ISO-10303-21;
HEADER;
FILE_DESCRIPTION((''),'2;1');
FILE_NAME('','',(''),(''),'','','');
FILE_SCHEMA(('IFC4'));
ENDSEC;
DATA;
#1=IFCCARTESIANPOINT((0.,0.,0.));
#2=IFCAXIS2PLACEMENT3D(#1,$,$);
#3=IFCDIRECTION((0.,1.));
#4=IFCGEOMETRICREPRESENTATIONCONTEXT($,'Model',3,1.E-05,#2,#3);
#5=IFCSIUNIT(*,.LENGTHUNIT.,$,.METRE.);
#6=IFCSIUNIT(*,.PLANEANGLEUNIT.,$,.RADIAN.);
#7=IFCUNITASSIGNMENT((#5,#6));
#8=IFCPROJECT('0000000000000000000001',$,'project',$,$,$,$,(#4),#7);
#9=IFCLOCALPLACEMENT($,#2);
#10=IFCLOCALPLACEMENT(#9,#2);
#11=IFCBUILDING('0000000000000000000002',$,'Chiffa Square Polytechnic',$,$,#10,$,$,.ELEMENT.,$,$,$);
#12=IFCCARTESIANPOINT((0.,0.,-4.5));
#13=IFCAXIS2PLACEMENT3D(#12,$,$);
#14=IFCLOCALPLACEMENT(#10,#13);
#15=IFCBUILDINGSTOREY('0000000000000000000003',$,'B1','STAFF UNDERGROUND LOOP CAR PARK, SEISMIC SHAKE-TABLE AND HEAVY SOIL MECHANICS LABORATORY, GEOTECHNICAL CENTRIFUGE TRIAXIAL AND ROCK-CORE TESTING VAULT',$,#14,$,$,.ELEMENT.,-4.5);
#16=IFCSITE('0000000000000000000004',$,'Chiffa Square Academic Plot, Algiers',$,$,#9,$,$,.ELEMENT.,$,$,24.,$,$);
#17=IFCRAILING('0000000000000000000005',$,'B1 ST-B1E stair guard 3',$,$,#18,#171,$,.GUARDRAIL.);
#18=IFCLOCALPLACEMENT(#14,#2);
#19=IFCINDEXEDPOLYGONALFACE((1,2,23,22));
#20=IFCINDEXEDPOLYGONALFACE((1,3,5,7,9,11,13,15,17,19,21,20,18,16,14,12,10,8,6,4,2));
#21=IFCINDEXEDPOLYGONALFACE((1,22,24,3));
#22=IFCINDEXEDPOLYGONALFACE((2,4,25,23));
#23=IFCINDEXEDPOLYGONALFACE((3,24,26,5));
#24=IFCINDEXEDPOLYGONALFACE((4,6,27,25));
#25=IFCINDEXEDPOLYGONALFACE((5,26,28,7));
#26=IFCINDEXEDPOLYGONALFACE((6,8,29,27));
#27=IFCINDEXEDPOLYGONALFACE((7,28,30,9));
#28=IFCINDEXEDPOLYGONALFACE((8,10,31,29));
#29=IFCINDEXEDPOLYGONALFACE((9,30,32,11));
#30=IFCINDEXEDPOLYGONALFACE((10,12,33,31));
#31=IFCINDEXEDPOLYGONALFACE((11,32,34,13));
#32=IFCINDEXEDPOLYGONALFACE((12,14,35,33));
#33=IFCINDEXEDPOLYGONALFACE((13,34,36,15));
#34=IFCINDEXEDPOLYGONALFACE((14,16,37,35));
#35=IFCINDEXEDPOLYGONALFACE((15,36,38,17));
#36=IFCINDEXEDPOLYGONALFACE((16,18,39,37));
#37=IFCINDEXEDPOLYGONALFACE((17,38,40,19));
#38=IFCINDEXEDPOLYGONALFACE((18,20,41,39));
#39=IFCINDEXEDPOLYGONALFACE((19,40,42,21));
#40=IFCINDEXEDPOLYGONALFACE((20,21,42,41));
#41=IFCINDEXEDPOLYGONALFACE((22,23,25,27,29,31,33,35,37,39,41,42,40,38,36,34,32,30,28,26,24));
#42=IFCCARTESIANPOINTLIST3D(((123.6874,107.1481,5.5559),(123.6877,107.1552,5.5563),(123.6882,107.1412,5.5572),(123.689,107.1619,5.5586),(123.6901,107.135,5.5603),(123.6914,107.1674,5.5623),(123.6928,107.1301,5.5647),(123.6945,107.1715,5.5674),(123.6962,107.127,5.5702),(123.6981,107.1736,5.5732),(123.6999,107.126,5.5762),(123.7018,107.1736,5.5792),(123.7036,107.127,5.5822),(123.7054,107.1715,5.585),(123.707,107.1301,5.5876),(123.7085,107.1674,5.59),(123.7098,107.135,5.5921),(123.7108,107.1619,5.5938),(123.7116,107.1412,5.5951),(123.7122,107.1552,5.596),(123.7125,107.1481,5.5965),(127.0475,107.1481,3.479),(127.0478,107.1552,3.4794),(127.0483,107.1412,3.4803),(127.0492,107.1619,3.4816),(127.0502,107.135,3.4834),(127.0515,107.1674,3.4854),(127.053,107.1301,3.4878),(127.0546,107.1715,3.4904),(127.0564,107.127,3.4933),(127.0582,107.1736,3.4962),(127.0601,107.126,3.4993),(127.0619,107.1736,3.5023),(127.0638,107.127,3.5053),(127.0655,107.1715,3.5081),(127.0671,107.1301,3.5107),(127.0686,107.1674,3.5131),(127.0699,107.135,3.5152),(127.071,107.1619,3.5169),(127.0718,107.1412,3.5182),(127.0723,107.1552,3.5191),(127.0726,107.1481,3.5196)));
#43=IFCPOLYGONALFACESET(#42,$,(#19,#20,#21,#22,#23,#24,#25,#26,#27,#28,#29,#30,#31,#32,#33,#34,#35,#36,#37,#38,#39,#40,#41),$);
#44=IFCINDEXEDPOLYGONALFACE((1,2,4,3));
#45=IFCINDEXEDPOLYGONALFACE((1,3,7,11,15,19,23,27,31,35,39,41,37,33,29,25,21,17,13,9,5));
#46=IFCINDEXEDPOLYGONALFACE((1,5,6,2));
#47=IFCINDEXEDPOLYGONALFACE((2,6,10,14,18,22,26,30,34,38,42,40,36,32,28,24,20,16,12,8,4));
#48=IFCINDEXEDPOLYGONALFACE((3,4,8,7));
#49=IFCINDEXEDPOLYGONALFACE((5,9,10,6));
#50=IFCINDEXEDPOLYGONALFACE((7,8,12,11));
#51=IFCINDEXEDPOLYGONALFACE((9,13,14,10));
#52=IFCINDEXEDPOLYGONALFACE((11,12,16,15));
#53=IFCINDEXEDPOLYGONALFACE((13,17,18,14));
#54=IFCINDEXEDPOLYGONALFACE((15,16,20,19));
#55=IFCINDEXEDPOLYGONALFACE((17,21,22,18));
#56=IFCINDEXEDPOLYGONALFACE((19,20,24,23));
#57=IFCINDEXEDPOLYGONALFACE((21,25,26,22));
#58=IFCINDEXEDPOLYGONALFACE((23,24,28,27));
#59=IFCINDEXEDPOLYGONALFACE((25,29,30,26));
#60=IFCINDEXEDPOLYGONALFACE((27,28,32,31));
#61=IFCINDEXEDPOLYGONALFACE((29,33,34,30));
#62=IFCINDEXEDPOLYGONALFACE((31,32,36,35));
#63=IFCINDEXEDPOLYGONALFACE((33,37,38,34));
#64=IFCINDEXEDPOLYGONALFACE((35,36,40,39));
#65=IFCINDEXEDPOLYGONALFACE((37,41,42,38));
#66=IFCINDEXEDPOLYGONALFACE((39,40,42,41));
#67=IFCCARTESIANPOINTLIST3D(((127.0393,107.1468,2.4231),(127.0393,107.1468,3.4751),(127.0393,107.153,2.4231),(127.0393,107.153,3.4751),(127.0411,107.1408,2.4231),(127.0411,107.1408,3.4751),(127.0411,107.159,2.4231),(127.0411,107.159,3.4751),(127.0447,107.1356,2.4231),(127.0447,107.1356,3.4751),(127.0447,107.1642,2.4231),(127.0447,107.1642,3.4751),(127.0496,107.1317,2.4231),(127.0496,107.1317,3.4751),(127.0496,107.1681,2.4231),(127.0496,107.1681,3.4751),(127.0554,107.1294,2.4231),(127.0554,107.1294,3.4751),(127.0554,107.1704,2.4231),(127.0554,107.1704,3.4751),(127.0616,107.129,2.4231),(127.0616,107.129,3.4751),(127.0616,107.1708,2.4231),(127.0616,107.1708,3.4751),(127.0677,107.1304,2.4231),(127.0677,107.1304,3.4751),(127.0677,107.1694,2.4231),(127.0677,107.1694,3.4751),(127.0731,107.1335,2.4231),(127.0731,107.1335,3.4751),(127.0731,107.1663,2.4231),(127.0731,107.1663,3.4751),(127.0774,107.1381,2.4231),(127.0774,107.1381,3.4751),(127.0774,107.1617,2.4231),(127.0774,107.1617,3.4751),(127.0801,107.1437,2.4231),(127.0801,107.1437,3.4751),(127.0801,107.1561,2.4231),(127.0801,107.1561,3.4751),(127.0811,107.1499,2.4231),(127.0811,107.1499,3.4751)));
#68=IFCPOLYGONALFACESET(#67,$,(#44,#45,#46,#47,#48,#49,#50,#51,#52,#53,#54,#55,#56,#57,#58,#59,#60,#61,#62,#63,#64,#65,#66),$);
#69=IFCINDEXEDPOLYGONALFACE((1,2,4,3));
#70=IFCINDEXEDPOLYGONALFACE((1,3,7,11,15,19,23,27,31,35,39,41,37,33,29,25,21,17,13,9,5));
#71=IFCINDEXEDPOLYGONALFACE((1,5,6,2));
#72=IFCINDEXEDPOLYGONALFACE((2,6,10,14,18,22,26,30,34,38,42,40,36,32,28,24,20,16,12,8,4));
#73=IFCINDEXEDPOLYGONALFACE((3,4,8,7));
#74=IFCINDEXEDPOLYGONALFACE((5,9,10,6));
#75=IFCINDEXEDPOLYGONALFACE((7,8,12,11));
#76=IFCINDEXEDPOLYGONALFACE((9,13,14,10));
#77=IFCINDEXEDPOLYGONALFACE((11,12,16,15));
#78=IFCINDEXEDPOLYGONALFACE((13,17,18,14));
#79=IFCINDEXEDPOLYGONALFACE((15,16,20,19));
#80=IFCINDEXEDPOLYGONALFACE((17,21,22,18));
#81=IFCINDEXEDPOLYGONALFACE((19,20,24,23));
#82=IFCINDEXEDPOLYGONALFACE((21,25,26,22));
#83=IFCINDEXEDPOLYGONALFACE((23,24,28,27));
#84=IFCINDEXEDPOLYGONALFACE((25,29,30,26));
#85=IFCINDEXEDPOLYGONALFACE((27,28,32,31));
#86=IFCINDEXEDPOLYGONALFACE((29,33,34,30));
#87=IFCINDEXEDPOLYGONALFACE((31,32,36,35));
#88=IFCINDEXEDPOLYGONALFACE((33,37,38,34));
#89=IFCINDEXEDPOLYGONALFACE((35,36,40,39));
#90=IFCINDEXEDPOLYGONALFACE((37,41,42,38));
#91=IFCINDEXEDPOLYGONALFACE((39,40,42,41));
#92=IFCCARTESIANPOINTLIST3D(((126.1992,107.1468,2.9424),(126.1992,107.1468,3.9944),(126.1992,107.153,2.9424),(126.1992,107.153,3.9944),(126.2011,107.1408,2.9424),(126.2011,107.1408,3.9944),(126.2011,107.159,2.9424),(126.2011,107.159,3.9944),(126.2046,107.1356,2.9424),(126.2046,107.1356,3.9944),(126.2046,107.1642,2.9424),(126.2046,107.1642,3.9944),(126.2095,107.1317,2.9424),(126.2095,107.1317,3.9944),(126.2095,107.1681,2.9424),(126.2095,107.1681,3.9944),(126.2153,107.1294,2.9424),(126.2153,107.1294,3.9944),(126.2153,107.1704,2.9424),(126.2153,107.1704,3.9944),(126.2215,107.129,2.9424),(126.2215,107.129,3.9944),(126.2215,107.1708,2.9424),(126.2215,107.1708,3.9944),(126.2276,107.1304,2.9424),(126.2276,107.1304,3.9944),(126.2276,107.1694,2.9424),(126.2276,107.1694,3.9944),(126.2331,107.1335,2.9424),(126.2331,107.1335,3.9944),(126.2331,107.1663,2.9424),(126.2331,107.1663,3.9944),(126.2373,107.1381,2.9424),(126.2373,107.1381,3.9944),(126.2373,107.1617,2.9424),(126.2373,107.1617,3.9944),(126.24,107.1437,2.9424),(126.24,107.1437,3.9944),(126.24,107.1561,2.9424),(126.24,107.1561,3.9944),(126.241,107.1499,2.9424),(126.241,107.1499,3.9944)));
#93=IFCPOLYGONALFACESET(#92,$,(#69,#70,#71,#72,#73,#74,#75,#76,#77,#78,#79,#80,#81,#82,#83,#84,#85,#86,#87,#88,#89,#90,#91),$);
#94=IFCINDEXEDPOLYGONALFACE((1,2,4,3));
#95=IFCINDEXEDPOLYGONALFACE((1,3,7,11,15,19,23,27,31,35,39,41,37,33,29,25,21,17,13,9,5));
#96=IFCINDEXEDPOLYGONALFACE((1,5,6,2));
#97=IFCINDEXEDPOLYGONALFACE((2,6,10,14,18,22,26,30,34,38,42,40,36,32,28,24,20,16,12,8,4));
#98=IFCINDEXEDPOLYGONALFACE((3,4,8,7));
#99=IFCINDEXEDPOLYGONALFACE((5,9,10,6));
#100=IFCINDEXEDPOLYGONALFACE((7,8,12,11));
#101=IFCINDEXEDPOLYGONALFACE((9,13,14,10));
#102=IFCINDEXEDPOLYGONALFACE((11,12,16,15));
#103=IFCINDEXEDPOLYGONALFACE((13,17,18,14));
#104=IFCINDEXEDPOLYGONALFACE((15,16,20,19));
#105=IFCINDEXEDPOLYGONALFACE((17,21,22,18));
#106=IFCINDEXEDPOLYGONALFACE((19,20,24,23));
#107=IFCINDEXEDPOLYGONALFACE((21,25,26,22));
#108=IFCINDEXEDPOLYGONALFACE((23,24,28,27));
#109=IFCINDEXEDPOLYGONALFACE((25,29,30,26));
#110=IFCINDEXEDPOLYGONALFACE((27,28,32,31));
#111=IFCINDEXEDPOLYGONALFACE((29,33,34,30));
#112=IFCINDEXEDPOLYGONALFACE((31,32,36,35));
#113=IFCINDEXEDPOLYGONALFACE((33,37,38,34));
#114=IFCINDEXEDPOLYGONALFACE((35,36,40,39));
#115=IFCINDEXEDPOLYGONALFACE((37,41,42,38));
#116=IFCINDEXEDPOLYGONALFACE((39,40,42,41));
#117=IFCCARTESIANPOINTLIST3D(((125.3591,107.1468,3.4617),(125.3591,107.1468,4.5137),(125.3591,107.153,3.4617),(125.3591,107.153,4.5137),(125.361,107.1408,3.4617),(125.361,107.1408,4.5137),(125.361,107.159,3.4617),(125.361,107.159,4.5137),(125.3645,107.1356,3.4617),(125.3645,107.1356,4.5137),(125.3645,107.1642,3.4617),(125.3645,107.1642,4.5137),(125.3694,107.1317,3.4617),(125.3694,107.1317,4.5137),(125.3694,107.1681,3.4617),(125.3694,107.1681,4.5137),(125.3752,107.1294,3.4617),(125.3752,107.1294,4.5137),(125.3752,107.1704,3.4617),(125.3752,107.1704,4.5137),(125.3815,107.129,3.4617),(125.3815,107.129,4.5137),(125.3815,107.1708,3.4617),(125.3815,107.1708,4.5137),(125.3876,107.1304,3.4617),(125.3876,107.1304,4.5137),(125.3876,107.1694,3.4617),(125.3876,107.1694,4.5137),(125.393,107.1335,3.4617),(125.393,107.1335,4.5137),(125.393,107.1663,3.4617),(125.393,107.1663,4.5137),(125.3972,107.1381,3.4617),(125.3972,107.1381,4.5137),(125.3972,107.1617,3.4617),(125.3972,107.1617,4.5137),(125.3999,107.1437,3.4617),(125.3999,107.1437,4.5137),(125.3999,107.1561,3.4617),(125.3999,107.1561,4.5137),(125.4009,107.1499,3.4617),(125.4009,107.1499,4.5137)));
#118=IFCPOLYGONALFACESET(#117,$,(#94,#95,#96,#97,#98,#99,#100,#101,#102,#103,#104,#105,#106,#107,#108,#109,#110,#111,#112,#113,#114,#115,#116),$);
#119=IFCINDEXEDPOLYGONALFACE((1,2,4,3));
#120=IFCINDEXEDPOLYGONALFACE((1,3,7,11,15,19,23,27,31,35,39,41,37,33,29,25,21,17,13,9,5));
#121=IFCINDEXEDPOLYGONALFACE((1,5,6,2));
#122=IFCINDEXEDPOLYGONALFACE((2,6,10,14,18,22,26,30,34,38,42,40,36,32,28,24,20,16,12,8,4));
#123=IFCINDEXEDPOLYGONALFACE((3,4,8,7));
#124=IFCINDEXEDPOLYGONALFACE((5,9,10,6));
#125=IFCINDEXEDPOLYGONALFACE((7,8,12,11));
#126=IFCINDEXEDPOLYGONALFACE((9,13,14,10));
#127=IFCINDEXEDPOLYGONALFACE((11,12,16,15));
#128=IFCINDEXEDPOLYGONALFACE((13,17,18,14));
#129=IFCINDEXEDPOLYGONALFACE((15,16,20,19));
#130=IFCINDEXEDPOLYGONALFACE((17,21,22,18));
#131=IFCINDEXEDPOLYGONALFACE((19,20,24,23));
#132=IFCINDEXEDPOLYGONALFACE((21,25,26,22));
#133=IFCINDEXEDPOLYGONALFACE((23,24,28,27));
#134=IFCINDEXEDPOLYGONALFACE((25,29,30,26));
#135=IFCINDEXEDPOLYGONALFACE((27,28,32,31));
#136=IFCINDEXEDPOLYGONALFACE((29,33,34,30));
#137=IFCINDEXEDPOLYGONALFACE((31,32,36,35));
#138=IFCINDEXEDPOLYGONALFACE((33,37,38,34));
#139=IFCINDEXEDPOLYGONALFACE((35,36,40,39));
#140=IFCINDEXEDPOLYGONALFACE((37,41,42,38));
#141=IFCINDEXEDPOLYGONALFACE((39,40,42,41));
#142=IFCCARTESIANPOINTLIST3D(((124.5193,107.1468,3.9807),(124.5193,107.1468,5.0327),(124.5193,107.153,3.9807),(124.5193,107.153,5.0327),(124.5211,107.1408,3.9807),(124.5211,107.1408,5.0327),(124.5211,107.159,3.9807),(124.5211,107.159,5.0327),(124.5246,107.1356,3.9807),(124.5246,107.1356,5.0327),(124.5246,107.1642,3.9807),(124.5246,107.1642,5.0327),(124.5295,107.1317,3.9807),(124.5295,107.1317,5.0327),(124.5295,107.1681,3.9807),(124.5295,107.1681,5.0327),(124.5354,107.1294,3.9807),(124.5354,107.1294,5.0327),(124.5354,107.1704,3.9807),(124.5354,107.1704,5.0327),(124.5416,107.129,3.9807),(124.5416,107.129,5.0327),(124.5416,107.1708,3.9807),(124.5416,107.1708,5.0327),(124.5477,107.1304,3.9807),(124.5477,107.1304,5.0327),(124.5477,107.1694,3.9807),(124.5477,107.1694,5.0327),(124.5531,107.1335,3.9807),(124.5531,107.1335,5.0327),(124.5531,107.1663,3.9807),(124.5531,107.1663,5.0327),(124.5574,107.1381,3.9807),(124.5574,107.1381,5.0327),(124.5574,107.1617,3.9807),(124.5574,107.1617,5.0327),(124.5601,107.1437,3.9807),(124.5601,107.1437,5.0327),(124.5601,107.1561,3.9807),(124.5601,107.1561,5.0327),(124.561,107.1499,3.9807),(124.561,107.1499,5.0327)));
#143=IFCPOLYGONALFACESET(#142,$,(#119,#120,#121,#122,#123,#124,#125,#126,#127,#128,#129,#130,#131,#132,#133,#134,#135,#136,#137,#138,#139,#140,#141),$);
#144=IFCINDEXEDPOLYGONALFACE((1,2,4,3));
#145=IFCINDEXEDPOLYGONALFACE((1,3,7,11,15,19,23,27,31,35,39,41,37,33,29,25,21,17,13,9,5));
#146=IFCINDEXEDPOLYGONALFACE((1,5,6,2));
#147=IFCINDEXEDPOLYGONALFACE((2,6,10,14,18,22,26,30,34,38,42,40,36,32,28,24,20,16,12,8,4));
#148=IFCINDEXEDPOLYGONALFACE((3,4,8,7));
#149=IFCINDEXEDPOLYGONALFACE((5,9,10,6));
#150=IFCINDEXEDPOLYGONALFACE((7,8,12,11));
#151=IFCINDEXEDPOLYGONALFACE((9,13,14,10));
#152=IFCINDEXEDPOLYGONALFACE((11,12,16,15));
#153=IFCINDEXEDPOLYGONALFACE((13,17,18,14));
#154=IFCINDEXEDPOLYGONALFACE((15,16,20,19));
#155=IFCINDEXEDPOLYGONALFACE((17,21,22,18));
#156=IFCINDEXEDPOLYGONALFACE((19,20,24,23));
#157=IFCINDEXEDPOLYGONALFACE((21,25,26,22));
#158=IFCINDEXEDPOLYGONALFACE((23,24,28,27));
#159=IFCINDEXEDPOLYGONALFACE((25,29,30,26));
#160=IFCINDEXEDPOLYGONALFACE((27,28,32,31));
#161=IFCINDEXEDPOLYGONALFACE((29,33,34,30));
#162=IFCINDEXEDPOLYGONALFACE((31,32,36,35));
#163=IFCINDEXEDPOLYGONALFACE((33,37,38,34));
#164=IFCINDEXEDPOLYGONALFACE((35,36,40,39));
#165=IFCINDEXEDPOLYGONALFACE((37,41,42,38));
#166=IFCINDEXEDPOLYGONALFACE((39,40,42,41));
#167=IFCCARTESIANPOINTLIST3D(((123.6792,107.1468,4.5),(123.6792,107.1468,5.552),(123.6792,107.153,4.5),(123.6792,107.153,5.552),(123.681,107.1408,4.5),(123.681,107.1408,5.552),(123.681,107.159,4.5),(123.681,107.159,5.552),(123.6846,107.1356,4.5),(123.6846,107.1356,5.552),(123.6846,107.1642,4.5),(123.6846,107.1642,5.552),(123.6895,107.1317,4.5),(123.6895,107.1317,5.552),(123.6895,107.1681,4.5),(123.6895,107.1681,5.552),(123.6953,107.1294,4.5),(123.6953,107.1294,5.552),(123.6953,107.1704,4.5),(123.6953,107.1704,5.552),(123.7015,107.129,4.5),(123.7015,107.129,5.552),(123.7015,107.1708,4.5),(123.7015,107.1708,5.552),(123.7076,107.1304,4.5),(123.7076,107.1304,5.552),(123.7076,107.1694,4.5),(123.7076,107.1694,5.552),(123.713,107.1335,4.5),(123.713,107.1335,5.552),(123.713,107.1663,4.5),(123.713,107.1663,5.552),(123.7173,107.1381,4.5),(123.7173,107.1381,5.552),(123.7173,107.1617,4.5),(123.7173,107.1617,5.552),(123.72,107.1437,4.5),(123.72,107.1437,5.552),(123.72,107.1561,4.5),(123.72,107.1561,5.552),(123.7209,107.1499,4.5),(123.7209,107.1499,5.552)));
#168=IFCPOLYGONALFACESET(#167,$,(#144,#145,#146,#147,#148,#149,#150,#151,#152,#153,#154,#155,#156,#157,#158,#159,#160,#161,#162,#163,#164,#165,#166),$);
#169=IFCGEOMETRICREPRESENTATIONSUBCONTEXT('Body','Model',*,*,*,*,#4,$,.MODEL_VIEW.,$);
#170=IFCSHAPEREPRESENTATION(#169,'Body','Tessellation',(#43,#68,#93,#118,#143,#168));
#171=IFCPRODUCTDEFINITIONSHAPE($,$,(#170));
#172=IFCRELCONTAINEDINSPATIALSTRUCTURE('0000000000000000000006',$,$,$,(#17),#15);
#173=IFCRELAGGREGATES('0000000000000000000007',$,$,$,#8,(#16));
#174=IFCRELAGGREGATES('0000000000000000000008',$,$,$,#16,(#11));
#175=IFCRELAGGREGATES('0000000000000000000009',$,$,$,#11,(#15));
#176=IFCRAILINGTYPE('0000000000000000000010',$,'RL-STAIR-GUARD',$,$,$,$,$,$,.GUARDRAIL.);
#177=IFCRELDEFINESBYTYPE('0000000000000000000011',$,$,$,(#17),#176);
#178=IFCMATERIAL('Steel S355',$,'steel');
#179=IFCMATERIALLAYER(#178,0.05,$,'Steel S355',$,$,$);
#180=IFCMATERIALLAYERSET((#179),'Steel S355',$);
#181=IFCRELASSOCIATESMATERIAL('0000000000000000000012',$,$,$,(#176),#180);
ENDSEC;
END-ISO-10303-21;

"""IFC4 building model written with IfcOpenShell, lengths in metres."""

from ifc_helpers import new_model, si_unit, direction, frame, origin, origin_2d, place, context, subcontext, project, spatial, circle, extrude, material, layer, layer_set, type_object, element, save


model = new_model("IFC4")

# Units and contexts
model_context = context("Model", 3, precision=1e-05, world=origin(), true_north=direction((0.0, 1.0)))
body_context = subcontext(model_context, "Body", "Model", "MODEL_VIEW")
ifc_project = project(units=[si_unit("LENGTHUNIT", "METRE"), si_unit("PLANEANGLEUNIT", "RADIAN")], contexts=[model_context])

# Site, building, storey
site_placement = place(None, origin())
site = spatial("IfcSite", under=ifc_project, at=site_placement, Name="Chiffa Square Academic Plot, Algiers", CompositionType="ELEMENT", RefElevation=24.0)
building_placement = place(site_placement, origin())
building = spatial("IfcBuilding", under=site, at=building_placement, Name="Chiffa Square Polytechnic", CompositionType="ELEMENT")
storey_placement = place(building_placement, frame((0.0, 0.0, -4.5)))
storey = spatial("IfcBuildingStorey", under=building, at=storey_placement, Name="B1", Description="STAFF UNDERGROUND LOOP CAR PARK, SEISMIC SHAKE-TABLE AND HEAVY SOIL MECHANICS LABORATORY, GEOTECHNICAL CENTRIFUGE TRIAXIAL AND ROCK-CORE TESTING VAULT", CompositionType="ELEMENT", Elevation=-4.5)

# Railing
ifc_material_1 = material(Name="Steel S355", Category="steel")
ifc_layer_1 = layer(ifc_material_1, 0.05, Name="Steel S355")
ifc_layer_set_1 = layer_set([ifc_layer_1], Name="Steel S355")
railing_type_1 = type_object("IfcRailingType", Name="RL-STAIR-GUARD", PredefinedType="GUARDRAIL", material=ifc_layer_set_1)
railing_1_placement = place(storey_placement, frame((127.0601, 107.1499, 2.4231)))
element("IfcRailing", 1, at=railing_1_placement, inside=storey, type_object=railing_type_1, Name="B1 ST-B1E stair guard 3", PredefinedType="GUARDRAIL", context=body_context, shape_type="SweptSolid", body=[
    extrude(circle(Radius=0.0239, at=origin_2d()), frame((0.0, 0.0, 1.0762), z_axis=(-0.850623, 0.0, 0.525776), x_axis=(0.0, -1.0, 0.0)), (0.0, 0.0, 1.0), 3.9502),
    extrude(circle(Radius=0.021, at=origin_2d()), origin(), (0.0, 0.0, 1.0), 1.052),
    extrude(circle(Radius=0.021, at=origin_2d()), frame((-0.8401, 0.0, 0.5193)), (0.0, 0.0, 1.0), 1.052),
    extrude(circle(Radius=0.021, at=origin_2d()), frame((-1.6802, 0.0, 1.0386)), (0.0, 0.0, 1.0), 1.052),
    extrude(circle(Radius=0.021, at=origin_2d()), frame((-2.52, 0.0, 1.5576)), (0.0, 0.0, 1.0), 1.052),
    extrude(circle(Radius=0.021, at=origin_2d()), frame((-3.3601, 0.0, 2.0769)), (0.0, 0.0, 1.0), 1.052),
])

save(model, "model.ifc")
